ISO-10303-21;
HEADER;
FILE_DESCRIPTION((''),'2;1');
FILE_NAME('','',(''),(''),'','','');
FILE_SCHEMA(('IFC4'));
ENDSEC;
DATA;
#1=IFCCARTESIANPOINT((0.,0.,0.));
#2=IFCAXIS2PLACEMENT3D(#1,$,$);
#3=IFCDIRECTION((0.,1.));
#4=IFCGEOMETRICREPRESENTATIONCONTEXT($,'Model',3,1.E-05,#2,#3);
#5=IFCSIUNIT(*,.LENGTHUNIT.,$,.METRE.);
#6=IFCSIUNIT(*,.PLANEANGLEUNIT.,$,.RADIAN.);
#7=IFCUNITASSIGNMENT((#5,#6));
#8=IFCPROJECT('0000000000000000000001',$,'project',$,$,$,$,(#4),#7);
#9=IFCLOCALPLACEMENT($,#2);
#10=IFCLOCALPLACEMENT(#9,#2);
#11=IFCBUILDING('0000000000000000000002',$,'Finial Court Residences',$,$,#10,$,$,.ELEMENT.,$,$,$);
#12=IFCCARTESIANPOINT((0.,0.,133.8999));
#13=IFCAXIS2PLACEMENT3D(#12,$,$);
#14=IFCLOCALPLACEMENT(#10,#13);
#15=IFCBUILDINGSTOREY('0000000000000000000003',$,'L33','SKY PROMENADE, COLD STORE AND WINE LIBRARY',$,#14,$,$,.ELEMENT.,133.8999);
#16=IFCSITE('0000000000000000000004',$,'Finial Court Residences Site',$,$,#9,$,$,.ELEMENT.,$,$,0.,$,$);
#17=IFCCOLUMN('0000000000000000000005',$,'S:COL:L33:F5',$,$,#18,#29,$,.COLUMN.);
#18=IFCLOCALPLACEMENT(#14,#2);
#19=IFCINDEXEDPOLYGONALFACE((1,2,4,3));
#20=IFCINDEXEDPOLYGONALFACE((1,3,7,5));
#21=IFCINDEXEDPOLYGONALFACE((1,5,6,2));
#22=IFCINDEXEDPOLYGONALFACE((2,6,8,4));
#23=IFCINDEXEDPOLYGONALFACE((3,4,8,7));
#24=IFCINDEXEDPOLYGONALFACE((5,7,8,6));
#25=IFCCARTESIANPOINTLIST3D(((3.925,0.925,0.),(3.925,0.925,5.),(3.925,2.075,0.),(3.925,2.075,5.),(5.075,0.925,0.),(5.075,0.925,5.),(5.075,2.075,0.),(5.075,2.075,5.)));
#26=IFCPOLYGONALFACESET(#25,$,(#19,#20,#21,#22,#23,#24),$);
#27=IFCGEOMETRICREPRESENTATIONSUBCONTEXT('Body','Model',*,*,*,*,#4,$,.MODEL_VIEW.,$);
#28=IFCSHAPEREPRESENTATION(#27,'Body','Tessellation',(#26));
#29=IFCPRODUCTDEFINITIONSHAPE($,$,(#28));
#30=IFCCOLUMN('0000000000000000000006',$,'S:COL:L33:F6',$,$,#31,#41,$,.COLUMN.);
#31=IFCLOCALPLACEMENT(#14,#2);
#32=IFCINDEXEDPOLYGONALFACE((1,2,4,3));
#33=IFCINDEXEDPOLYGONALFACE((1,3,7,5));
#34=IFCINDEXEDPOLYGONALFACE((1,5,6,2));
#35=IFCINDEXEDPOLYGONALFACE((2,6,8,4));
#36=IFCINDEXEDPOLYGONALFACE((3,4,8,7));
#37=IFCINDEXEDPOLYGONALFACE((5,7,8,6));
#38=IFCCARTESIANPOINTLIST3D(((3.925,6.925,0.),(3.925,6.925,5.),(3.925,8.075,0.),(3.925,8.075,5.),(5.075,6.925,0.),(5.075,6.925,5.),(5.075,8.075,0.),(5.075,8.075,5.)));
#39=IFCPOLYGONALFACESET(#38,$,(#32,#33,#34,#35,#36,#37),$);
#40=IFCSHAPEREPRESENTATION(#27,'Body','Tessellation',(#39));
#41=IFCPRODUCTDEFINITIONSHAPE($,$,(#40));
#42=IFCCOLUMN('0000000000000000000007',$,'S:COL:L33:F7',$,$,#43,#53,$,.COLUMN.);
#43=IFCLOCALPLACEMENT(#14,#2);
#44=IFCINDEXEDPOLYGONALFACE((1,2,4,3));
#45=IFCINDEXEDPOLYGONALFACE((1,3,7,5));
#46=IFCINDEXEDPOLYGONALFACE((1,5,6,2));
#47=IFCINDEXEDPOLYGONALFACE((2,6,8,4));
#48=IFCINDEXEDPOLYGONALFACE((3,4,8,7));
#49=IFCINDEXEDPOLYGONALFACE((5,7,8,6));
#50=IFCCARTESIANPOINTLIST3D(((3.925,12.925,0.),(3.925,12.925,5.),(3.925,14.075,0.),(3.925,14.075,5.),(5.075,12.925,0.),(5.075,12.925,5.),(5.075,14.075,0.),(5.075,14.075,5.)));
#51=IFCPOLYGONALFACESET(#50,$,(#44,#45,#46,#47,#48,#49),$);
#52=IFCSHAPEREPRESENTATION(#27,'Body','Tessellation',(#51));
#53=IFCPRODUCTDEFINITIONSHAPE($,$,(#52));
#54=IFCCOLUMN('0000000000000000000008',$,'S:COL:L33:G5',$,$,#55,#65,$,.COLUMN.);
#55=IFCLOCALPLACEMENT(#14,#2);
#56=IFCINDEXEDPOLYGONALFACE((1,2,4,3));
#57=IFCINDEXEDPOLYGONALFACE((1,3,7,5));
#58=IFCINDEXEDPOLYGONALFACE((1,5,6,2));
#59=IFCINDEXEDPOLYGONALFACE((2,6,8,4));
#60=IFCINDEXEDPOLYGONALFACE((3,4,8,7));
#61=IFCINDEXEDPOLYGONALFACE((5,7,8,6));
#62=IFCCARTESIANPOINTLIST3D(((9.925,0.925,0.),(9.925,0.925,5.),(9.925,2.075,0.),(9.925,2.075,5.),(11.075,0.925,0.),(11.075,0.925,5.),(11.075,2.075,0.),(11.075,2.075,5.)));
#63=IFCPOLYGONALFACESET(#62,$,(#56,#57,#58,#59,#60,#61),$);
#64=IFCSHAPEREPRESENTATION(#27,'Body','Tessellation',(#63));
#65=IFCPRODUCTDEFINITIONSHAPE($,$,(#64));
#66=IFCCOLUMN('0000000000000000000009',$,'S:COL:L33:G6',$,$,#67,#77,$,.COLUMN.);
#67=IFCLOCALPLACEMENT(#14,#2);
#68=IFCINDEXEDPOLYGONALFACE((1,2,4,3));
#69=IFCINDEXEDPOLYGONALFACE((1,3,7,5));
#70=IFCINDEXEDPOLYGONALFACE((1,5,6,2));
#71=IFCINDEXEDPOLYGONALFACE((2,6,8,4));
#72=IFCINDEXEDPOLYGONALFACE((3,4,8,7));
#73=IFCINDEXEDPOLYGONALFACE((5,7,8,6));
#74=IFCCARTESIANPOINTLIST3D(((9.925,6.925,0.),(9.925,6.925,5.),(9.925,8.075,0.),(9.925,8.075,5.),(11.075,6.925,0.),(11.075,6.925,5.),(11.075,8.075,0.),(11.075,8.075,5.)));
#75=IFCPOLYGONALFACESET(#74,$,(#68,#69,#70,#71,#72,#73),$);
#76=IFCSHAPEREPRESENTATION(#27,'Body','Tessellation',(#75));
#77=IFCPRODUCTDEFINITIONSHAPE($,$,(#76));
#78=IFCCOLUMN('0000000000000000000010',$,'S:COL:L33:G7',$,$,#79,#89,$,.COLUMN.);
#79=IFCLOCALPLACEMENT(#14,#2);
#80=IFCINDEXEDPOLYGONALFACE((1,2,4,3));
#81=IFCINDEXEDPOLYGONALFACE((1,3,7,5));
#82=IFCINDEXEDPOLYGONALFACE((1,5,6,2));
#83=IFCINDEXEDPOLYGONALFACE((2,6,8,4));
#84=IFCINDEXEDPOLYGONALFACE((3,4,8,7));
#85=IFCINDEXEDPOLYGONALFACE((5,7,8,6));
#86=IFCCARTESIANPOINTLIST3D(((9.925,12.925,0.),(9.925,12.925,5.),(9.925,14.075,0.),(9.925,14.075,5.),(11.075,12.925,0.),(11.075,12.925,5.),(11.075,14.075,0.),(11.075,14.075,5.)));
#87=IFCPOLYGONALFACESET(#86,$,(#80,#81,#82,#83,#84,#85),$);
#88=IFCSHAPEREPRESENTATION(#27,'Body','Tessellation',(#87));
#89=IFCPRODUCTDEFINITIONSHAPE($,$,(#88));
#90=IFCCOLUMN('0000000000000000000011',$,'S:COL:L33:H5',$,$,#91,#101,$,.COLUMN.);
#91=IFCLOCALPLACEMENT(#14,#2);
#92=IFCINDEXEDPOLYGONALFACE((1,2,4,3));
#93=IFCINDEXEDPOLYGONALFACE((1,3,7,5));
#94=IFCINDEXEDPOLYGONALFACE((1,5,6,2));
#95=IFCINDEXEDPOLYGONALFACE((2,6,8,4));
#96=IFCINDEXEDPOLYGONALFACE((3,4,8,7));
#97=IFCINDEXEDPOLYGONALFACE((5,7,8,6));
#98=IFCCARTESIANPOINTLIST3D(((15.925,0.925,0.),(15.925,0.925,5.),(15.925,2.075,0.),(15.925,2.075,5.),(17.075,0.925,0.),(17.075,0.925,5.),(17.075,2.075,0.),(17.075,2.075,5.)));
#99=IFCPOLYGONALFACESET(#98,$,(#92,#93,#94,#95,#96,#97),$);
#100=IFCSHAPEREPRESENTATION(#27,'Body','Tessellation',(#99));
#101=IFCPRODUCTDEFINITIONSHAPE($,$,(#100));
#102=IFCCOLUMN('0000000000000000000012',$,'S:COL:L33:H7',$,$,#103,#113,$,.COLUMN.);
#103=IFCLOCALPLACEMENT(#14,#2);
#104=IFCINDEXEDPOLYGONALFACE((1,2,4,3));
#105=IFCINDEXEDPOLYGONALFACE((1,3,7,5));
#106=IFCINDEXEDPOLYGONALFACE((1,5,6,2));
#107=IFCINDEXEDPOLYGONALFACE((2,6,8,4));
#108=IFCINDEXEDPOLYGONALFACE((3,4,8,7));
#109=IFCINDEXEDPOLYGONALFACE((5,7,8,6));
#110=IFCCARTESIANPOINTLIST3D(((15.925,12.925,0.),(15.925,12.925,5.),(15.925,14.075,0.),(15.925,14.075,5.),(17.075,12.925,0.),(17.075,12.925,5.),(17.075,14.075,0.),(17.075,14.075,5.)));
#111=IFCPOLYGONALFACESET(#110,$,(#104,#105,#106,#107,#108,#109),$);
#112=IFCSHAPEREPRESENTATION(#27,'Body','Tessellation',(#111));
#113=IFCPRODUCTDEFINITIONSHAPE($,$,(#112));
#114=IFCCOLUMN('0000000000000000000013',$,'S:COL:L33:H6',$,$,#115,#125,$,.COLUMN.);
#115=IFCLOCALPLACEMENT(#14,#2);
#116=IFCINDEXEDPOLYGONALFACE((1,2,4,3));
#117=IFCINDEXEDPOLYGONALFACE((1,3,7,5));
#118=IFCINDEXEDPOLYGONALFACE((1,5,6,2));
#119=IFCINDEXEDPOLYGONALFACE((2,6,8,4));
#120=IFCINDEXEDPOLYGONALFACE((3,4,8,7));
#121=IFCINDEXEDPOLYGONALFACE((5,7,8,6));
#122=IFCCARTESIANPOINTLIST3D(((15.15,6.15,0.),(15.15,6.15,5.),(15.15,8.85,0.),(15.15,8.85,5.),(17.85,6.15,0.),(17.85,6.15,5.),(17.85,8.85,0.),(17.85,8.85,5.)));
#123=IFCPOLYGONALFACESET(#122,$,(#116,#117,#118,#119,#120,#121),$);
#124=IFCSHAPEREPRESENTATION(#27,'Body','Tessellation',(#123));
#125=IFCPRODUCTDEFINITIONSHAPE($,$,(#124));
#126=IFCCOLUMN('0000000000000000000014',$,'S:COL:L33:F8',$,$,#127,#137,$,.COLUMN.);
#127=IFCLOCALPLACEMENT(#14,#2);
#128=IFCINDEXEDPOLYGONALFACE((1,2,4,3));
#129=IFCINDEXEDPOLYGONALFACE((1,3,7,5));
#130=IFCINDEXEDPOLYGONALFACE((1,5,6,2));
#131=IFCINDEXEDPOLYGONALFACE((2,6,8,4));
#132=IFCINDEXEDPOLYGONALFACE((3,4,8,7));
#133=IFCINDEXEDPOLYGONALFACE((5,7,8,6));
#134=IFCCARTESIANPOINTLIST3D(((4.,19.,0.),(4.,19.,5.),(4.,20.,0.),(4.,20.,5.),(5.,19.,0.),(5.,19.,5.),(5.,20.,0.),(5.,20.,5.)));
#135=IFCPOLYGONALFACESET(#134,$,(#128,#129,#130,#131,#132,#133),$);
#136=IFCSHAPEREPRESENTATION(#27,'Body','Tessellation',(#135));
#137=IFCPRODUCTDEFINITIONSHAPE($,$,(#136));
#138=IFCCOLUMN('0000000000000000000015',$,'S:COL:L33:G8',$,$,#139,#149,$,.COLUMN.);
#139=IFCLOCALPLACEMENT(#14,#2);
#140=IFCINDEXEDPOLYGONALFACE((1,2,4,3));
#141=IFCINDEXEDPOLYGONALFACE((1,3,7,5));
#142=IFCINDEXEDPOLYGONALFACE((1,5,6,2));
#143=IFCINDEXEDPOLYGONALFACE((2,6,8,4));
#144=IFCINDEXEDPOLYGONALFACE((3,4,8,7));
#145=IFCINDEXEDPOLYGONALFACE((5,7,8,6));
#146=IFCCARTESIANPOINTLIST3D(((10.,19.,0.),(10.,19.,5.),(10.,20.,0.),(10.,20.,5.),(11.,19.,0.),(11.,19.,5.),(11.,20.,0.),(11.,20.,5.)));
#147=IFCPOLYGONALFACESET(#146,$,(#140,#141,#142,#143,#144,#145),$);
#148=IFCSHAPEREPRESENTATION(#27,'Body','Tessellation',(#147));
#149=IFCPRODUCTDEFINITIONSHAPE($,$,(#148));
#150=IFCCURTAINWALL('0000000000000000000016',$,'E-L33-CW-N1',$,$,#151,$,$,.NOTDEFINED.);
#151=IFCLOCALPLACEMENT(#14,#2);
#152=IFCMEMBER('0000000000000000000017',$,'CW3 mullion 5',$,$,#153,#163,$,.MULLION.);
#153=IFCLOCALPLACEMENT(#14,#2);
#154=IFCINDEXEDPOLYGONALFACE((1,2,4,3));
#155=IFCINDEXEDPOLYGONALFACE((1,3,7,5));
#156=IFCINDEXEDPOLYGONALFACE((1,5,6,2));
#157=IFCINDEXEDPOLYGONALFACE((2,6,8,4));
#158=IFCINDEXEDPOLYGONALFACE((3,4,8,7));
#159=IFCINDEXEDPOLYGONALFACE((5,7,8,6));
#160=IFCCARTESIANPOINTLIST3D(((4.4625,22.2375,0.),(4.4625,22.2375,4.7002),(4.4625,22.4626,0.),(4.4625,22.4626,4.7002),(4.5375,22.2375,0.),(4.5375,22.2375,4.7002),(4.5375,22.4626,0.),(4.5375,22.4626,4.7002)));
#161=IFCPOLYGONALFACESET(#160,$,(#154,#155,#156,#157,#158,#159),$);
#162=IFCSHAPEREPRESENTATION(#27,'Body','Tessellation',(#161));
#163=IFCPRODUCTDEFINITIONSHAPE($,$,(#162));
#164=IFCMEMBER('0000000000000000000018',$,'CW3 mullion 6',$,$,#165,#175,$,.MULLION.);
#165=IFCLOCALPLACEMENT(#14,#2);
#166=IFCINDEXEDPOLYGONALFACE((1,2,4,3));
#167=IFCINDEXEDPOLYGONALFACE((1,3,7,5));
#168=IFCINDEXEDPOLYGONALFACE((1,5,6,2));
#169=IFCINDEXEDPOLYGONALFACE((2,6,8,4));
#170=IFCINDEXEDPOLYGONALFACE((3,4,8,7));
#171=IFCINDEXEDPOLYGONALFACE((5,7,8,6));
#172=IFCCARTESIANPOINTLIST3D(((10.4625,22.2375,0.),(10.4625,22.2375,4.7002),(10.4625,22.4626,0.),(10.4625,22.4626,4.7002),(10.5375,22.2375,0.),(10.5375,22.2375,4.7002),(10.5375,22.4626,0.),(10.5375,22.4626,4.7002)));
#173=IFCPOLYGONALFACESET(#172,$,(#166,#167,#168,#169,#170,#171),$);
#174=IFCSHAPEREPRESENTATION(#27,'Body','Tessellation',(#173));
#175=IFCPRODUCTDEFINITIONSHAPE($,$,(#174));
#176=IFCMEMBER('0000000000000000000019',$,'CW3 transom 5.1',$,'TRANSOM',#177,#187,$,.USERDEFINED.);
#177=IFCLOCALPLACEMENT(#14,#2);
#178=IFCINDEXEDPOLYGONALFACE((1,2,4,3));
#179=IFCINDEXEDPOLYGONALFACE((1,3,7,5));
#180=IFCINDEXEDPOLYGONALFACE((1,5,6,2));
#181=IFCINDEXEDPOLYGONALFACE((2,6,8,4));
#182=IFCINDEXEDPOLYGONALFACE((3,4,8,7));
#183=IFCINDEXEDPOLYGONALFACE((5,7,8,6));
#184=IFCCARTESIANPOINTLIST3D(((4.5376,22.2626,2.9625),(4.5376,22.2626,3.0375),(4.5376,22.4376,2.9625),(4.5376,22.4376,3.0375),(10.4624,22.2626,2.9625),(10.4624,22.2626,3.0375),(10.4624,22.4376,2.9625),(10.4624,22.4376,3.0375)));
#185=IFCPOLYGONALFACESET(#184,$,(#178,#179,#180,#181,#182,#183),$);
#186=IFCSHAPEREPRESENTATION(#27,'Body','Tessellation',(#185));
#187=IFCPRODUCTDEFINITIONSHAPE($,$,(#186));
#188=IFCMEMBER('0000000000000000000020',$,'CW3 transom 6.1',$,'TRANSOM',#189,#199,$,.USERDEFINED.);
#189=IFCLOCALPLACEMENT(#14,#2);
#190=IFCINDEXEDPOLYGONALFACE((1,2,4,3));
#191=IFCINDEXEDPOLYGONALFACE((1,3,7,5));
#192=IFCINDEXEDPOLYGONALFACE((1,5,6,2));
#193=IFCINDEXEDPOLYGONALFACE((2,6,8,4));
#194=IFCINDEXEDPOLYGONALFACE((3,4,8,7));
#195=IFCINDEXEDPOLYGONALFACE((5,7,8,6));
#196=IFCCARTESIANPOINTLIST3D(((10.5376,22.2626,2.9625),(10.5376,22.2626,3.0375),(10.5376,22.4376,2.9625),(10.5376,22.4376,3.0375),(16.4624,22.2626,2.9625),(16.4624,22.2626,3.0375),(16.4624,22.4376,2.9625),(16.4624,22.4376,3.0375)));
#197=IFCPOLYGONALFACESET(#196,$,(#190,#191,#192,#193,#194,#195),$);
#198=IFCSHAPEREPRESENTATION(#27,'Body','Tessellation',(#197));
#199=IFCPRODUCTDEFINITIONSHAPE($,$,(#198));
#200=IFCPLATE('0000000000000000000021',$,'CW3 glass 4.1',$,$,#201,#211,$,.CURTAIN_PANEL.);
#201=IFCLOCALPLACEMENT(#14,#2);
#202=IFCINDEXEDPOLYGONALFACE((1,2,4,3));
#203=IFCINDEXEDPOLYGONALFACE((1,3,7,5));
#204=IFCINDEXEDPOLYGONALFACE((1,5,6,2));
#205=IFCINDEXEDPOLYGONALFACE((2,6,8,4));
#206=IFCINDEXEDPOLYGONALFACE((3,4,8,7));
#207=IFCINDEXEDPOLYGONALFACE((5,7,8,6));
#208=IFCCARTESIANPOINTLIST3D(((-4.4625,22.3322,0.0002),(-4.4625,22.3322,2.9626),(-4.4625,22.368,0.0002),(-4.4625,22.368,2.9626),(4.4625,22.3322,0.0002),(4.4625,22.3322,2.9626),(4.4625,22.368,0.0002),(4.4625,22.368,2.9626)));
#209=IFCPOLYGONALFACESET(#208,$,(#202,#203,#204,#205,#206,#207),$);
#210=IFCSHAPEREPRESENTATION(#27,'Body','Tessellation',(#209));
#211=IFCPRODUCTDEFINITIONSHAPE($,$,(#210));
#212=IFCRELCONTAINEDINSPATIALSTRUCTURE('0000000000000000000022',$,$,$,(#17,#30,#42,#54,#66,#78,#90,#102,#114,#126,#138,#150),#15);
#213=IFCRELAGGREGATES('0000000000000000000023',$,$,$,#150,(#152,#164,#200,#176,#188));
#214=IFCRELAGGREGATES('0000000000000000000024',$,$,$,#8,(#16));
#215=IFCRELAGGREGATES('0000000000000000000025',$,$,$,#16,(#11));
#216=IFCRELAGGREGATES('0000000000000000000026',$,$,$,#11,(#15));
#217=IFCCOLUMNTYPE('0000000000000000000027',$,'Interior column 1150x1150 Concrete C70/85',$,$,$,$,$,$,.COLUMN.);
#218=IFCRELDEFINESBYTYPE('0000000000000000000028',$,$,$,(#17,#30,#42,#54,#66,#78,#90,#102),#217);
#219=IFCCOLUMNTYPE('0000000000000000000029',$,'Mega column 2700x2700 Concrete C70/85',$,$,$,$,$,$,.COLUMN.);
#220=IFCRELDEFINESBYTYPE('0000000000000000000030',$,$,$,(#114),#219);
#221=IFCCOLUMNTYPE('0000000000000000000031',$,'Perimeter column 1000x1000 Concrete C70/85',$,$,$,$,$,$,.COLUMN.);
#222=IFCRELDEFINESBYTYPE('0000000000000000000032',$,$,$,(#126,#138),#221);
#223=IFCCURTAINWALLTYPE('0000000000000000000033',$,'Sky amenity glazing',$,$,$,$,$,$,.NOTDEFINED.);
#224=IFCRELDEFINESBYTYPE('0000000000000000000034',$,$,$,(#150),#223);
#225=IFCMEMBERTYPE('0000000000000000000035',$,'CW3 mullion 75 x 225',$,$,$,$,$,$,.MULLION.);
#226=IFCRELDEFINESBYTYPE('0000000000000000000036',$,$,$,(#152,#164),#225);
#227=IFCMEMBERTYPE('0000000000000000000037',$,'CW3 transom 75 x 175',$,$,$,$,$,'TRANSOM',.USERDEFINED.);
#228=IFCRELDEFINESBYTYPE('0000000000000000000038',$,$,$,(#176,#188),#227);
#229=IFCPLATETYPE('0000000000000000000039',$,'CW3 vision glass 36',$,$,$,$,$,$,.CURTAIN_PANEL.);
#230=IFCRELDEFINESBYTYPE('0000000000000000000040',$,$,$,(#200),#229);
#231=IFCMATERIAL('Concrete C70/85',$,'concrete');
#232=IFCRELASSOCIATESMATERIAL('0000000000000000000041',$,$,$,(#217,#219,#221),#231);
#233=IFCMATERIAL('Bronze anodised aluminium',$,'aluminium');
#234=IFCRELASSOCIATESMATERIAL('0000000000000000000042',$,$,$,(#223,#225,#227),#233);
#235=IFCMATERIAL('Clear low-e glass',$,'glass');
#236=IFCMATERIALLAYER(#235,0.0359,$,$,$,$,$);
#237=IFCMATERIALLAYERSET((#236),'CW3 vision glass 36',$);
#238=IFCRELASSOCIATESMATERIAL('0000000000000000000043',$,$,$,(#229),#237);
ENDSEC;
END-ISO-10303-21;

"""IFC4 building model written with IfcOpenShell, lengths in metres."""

from ifc_helpers import new_model, si_unit, direction, frame, origin, origin_2d, place, context, subcontext, project, spatial, rectangle, extrude, material, layer, layer_set, material_profile, profile_set, type_object, element, aggregate, save


model = new_model("IFC4")

# Units and contexts
model_context = context("Model", 3, precision=1e-05, world=origin(), true_north=direction((0.0, 1.0)))
body_context = subcontext(model_context, "Body", "Model", "MODEL_VIEW")
ifc_project = project(units=[si_unit("LENGTHUNIT", "METRE"), si_unit("PLANEANGLEUNIT", "RADIAN")], contexts=[model_context])

# Site, building, storey
site_placement = place(None, origin())
site = spatial("IfcSite", under=ifc_project, at=site_placement, Name="Finial Court Residences Site", CompositionType="ELEMENT", RefElevation=0.0)
building_placement = place(site_placement, origin())
building = spatial("IfcBuilding", under=site, at=building_placement, Name="Finial Court Residences", CompositionType="ELEMENT")
storey_placement = place(building_placement, frame((0.0, 0.0, 133.8999)))
storey = spatial("IfcBuildingStorey", under=building, at=storey_placement, Name="L33", Description="SKY PROMENADE, COLD STORE AND WINE LIBRARY", CompositionType="ELEMENT", Elevation=133.8999)

# Columns
ifc_material_1 = material(Name="Concrete C70/85", Category="concrete")
ifc_material_profile_1 = material_profile(ifc_material_1, rectangle(XDim=1.1499, YDim=1.1499, at=origin_2d()), Name="1150x1150")
ifc_profile_set_1 = profile_set([ifc_material_profile_1], Name="Concrete C70/85")
column_type_1 = type_object("IfcColumnType", Name="Interior column 1150x1150 Concrete C70/85", PredefinedType="COLUMN", material=ifc_profile_set_1)
for number, where, z_axis, x_axis, name in (
    (1, (4.5, 1.5, 0.0), (0.0, 0.0, 1.0), (1.0, 0.0, 0.0), "S:COL:L33:F5"),
    (2, (4.5, 7.5, 0.0), (0.0, 0.0, 1.0), (1.0, 0.0, 0.0), "S:COL:L33:F6"),
    (3, (4.5, 13.5, 0.0), (0.0, 0.0, 1.0), (1.0, 0.0, 0.0), "S:COL:L33:F7"),
    (4, (10.5, 1.5, 0.0), (0.0, 0.0, 1.0), (1.0, 0.0, 0.0), "S:COL:L33:G5"),
    (5, (10.5, 7.5, 0.0), (0.0, 0.0, 1.0), (1.0, 0.0, 0.0), "S:COL:L33:G6"),
    (6, (10.5, 13.5, 0.0), (0.0, 0.0, 1.0), (1.0, 0.0, 0.0), "S:COL:L33:G7"),
    (7, (16.5, 1.5, 0.0), (0.0, 0.0, 1.0), (1.0, 0.0, 0.0), "S:COL:L33:H5"),
    (8, (16.5, 13.5, 0.0), (0.0, 0.0, 1.0), (1.0, 0.0, 0.0), "S:COL:L33:H7"),
):
    element("IfcColumn", number, at=place(storey_placement, frame(where, z_axis=z_axis, x_axis=x_axis)), inside=storey, type_object=column_type_1, Name=name, PredefinedType="COLUMN", context=body_context, shape_type="SweptSolid", body=[
        extrude(rectangle(XDim=1.1499, YDim=1.1499, at=origin_2d()), origin(), (0.0, 0.0, 1.0), 5.0),
    ])
ifc_material_profile_2 = material_profile(ifc_material_1, rectangle(XDim=2.7, YDim=2.7, at=origin_2d()), Name="2700x2700")
ifc_profile_set_2 = profile_set([ifc_material_profile_2], Name="Concrete C70/85")
column_type_2 = type_object("IfcColumnType", Name="Mega column 2700x2700 Concrete C70/85", PredefinedType="COLUMN", material=ifc_profile_set_2)
column_placement = place(storey_placement, frame((16.5, 7.5, 0.0), z_axis=(0.0, 0.0, 1.0), x_axis=(1.0, 0.0, 0.0)))
element("IfcColumn", 9, at=column_placement, inside=storey, type_object=column_type_2, Name="S:COL:L33:H6", PredefinedType="COLUMN", context=body_context, shape_type="SweptSolid", body=[
    extrude(rectangle(XDim=2.7, YDim=2.7, at=origin_2d()), origin(), (0.0, 0.0, 1.0), 5.0),
])
ifc_material_profile_3 = material_profile(ifc_material_1, rectangle(XDim=1.0, YDim=1.0, at=origin_2d()), Name="1000x1000")
ifc_profile_set_3 = profile_set([ifc_material_profile_3], Name="Concrete C70/85")
column_type_3 = type_object("IfcColumnType", Name="Perimeter column 1000x1000 Concrete C70/85", PredefinedType="COLUMN", material=ifc_profile_set_3)
for number, where, z_axis, x_axis, name in (
    (10, (4.5, 19.5, 0.0), (0.0, 0.0, 1.0), (1.0, 0.0, 0.0), "S:COL:L33:F8"),
    (11, (10.5, 19.5, 0.0), (0.0, 0.0, 1.0), (1.0, 0.0, 0.0), "S:COL:L33:G8"),
):
    element("IfcColumn", number, at=place(storey_placement, frame(where, z_axis=z_axis, x_axis=x_axis)), inside=storey, type_object=column_type_3, Name=name, PredefinedType="COLUMN", context=body_context, shape_type="SweptSolid", body=[
        extrude(rectangle(XDim=1.0, YDim=1.0, at=origin_2d()), origin(), (0.0, 0.0, 1.0), 5.0),
    ])

# Curtain wall, members, plate
ifc_material_2 = material(Name="Bronze anodised aluminium", Category="aluminium")
curtain_wall_type = type_object("IfcCurtainWallType", Name="Sky amenity glazing", PredefinedType="NOTDEFINED", material=ifc_material_2)
curtain_wall_placement = place(storey_placement, origin())
curtain_wall = element("IfcCurtainWall", 12, at=curtain_wall_placement, inside=storey, type_object=curtain_wall_type, Name="E-L33-CW-N1", PredefinedType="NOTDEFINED")
ifc_material_profile_4 = material_profile(ifc_material_2, rectangle(XDim=0.2251, YDim=0.075, at=origin_2d()), Name="CW3 mullion 75 x 225")
ifc_profile_set_4 = profile_set([ifc_material_profile_4], Name="Bronze anodised aluminium")
member_type_1 = type_object("IfcMemberType", Name="CW3 mullion 75 x 225", PredefinedType="MULLION", material=ifc_profile_set_4)
member_1_placement = place(storey_placement, frame((4.5, 22.3501, 0.0), z_axis=(0.0, 0.0, 1.0), x_axis=(0.0, 1.0, 0.0)))
member_1 = element("IfcMember", 13, at=member_1_placement, type_object=member_type_1, Name="CW3 mullion 5", PredefinedType="MULLION", context=body_context, shape_type="SweptSolid", body=[
    extrude(rectangle(XDim=0.2251, YDim=0.075, at=origin_2d()), origin(), (0.0, 0.0, 1.0), 4.7002),
])
member_2_placement = place(storey_placement, frame((10.5, 22.3501, 0.0), z_axis=(0.0, 0.0, 1.0), x_axis=(0.0, 1.0, 0.0)))
member_2 = element("IfcMember", 14, at=member_2_placement, type_object=member_type_1, Name="CW3 mullion 6", PredefinedType="MULLION", context=body_context, shape_type="SweptSolid", body=[
    extrude(rectangle(XDim=0.2251, YDim=0.075, at=origin_2d()), origin(), (0.0, 0.0, 1.0), 4.7002),
])
ifc_material_profile_5 = material_profile(ifc_material_2, rectangle(XDim=0.175, YDim=0.075, at=origin_2d()), Name="CW3 transom 75 x 175")
ifc_profile_set_5 = profile_set([ifc_material_profile_5], Name="Bronze anodised aluminium")
member_type_2 = type_object("IfcMemberType", Name="CW3 transom 75 x 175", ElementType="TRANSOM", PredefinedType="USERDEFINED", material=ifc_profile_set_5)
member_3_placement = place(storey_placement, frame((4.5376, 22.3501, 3.0), z_axis=(1.0, 0.0, 0.0), x_axis=(0.0, 1.0, 0.0)))
member_3 = element("IfcMember", 15, at=member_3_placement, type_object=member_type_2, Name="CW3 transom 5.1", ObjectType="TRANSOM", PredefinedType="USERDEFINED", context=body_context, shape_type="SweptSolid", body=[
    extrude(rectangle(XDim=0.175, YDim=0.075, at=origin_2d()), origin(), (0.0, 0.0, 1.0), 5.9248),
])
member_4_placement = place(storey_placement, frame((10.5376, 22.3501, 3.0), z_axis=(1.0, 0.0, 0.0), x_axis=(0.0, 1.0, 0.0)))
member_4 = element("IfcMember", 16, at=member_4_placement, type_object=member_type_2, Name="CW3 transom 6.1", ObjectType="TRANSOM", PredefinedType="USERDEFINED", context=body_context, shape_type="SweptSolid", body=[
    extrude(rectangle(XDim=0.175, YDim=0.075, at=origin_2d()), origin(), (0.0, 0.0, 1.0), 5.9248),
])
ifc_material_3 = material(Name="Clear low-e glass", Category="glass")
ifc_layer_1 = layer(ifc_material_3, 0.0359)
ifc_layer_set_1 = layer_set([ifc_layer_1], Name="CW3 vision glass 36")
plate_type = type_object("IfcPlateType", Name="CW3 vision glass 36", PredefinedType="CURTAIN_PANEL", material=ifc_layer_set_1)
plate_1_placement = place(storey_placement, frame((0.0, 22.3501, 0.0002), z_axis=(0.0, 0.0, 1.0), x_axis=(1.0, 0.0, 0.0)))
plate_1 = element("IfcPlate", 17, at=plate_1_placement, type_object=plate_type, Name="CW3 glass 4.1", PredefinedType="CURTAIN_PANEL", context=body_context, shape_type="SweptSolid", body=[
    extrude(rectangle(XDim=8.925, YDim=0.0359, at=origin_2d()), origin(), (0.0, 0.0, 1.0), 2.9624),
])
aggregate(curtain_wall, [member_1, member_2, plate_1, member_3, member_4])

save(model, "model.ifc")
